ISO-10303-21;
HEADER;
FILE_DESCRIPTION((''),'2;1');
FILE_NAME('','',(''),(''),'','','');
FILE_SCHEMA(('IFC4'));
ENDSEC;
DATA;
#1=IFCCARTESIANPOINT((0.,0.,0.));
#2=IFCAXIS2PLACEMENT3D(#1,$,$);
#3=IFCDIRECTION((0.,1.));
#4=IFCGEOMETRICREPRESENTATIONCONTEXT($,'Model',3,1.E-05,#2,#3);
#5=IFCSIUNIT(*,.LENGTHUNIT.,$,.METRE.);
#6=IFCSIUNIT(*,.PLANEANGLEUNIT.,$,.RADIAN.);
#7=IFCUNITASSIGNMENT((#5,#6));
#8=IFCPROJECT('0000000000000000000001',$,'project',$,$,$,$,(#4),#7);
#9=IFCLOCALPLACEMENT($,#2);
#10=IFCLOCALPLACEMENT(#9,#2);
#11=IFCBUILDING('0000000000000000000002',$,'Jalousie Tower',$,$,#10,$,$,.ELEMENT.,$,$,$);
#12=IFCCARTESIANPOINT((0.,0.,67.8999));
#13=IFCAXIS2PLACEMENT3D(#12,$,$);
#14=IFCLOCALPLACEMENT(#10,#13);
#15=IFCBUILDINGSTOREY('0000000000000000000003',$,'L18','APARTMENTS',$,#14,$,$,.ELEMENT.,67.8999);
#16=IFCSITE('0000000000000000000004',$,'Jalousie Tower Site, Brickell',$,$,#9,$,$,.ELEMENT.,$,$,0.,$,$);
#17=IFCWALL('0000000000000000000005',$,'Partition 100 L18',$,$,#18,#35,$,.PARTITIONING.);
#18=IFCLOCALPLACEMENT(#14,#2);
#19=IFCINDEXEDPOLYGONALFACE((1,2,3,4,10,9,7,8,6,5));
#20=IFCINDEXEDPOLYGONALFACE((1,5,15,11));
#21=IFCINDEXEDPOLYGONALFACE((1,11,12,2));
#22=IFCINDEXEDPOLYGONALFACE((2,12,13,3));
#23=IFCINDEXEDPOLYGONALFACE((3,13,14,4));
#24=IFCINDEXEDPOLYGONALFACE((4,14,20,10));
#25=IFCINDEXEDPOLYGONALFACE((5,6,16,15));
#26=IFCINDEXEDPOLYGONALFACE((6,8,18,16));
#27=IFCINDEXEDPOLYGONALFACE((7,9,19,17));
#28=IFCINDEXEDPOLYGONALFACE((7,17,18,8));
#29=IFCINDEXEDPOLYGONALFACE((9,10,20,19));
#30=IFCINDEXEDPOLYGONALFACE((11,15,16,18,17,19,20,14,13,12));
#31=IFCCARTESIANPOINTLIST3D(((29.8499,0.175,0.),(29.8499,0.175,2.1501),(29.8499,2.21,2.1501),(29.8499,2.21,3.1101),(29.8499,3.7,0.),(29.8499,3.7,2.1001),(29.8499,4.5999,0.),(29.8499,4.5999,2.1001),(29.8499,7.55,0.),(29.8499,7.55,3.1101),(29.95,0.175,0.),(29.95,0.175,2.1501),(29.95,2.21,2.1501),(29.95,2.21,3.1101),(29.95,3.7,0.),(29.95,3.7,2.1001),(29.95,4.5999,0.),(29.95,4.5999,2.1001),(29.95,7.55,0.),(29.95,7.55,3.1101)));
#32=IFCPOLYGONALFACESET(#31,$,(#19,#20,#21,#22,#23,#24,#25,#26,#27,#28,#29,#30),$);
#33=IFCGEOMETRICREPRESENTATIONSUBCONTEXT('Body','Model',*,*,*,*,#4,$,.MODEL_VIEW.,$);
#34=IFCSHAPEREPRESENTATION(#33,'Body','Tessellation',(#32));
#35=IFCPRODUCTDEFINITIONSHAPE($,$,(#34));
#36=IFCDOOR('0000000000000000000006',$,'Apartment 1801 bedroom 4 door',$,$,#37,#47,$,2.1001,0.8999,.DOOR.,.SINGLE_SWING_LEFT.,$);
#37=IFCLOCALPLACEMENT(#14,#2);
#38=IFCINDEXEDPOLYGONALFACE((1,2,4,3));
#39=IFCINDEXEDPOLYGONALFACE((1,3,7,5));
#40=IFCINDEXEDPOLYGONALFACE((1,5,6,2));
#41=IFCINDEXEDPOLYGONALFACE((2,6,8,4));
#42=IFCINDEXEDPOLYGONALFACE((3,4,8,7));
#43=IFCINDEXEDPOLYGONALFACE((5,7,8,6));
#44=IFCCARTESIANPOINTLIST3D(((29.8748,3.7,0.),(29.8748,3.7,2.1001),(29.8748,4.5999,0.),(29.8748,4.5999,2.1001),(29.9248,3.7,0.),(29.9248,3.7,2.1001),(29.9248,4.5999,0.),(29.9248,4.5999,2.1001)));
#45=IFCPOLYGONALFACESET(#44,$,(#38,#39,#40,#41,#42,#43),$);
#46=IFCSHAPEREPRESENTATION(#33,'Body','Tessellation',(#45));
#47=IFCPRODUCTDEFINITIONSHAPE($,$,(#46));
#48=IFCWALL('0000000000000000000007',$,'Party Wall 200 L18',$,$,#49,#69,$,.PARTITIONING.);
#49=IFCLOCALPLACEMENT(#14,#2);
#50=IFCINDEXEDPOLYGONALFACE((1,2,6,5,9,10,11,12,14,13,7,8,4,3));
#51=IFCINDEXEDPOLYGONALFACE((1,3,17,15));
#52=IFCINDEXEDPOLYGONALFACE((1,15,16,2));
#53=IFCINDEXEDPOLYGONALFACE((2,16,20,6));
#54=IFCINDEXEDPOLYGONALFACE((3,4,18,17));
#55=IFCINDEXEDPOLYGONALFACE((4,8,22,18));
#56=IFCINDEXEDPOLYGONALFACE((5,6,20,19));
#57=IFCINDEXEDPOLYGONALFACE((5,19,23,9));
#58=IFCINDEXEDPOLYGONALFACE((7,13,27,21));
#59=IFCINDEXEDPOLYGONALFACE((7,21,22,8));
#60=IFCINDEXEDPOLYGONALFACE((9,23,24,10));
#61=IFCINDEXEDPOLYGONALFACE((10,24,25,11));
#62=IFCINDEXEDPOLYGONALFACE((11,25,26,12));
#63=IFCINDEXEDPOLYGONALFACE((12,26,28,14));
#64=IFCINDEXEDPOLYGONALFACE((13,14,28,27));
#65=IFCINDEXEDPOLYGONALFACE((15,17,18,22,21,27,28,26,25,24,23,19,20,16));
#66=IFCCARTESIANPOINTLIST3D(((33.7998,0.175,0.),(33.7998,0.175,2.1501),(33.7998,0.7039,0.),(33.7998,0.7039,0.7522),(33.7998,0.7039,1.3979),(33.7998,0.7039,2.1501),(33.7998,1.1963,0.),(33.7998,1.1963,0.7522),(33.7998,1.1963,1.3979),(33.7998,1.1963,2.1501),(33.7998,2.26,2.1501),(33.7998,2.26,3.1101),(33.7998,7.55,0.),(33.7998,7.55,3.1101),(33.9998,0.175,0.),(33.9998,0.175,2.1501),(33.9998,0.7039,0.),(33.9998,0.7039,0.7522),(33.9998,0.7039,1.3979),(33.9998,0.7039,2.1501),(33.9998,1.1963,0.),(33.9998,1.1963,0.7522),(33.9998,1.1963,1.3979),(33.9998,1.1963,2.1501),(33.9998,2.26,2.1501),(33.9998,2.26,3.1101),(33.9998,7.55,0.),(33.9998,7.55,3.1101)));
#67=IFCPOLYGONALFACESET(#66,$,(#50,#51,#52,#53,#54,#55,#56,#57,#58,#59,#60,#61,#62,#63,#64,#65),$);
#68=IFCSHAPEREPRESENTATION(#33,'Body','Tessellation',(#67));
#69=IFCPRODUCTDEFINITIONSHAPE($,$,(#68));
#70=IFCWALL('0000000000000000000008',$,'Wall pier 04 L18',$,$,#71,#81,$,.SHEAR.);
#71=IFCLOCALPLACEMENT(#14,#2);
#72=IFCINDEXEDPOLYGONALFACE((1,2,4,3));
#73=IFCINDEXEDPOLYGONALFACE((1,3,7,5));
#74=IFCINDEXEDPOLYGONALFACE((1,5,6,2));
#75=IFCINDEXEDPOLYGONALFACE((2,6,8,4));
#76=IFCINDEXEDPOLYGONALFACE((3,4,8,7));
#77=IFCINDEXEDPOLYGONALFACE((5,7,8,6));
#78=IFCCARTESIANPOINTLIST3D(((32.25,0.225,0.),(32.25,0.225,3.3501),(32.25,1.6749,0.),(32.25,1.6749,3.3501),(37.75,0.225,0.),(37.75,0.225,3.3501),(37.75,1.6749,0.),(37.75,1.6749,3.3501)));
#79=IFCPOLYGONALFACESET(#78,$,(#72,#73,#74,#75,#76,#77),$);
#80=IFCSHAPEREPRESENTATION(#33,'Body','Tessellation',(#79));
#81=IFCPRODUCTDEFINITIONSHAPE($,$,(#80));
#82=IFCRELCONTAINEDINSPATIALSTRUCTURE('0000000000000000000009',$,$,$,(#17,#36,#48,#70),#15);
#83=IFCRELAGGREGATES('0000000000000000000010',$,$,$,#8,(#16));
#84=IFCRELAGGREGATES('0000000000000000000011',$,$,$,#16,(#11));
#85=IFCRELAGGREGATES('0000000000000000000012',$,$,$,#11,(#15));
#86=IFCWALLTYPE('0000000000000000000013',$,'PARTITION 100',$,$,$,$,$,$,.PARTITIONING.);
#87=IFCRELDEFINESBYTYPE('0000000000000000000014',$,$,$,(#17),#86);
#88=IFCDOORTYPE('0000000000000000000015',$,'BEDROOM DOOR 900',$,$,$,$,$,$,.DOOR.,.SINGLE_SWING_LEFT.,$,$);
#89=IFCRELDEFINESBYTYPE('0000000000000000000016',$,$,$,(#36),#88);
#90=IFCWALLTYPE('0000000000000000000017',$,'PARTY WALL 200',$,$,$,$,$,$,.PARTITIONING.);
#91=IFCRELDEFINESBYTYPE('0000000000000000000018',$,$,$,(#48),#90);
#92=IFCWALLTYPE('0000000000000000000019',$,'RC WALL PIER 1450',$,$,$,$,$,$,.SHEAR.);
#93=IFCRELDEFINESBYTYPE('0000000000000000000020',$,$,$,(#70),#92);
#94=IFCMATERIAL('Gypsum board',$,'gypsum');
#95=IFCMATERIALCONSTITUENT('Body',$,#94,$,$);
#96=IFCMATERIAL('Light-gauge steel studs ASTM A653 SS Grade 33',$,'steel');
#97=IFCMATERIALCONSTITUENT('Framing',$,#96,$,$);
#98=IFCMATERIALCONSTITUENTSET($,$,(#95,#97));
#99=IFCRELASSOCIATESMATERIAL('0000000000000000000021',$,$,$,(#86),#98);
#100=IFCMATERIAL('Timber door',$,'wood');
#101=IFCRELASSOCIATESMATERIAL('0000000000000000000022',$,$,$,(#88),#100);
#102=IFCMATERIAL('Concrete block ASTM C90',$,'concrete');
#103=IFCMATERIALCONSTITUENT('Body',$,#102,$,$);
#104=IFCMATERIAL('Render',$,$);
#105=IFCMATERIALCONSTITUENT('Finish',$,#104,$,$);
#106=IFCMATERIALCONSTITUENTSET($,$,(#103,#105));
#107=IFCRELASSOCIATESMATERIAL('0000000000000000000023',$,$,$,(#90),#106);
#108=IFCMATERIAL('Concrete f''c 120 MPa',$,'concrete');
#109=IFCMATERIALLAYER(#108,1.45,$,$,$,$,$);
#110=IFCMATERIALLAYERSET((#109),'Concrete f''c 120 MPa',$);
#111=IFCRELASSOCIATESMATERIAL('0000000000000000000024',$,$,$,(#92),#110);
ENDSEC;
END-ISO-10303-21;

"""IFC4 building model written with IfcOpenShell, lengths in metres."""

from ifc_helpers import new_model, si_unit, direction, frame, frame_2d, origin, place, context, subcontext, project, spatial, polyline, rectangle, outline, extrude, material, layer, layer_set, constituent, constituent_set, type_object, element, fill, save


model = new_model("IFC4")

# Units and contexts
model_context = context("Model", 3, precision=1e-05, world=origin(), true_north=direction((0.0, 1.0)))
body_context = subcontext(model_context, "Body", "Model", "MODEL_VIEW")
ifc_project = project(units=[si_unit("LENGTHUNIT", "METRE"), si_unit("PLANEANGLEUNIT", "RADIAN")], contexts=[model_context])

# Site, building, storey
site_placement = place(None, origin())
site = spatial("IfcSite", under=ifc_project, at=site_placement, Name="Jalousie Tower Site, Brickell", CompositionType="ELEMENT", RefElevation=0.0)
building_placement = place(site_placement, origin())
building = spatial("IfcBuilding", under=site, at=building_placement, Name="Jalousie Tower", CompositionType="ELEMENT")
storey_placement = place(building_placement, frame((0.0, 0.0, 67.8999)))
storey = spatial("IfcBuildingStorey", under=building, at=storey_placement, Name="L18", Description="APARTMENTS", CompositionType="ELEMENT", Elevation=67.8999)

# Wall, opening, door
ifc_material_1 = material(Name="Gypsum board", Category="gypsum")
ifc_constituent_1 = constituent(ifc_material_1, Name="Body")
ifc_material_2 = material(Name="Light-gauge steel studs ASTM A653 SS Grade 33", Category="steel")
ifc_constituent_2 = constituent(ifc_material_2, Name="Framing")
ifc_constituent_set_1 = constituent_set(constituents=[ifc_constituent_1, ifc_constituent_2])
wall_type_1 = type_object("IfcWallType", Name="PARTITION 100", PredefinedType="PARTITIONING", material=ifc_constituent_set_1)
ifc_material_3 = material(Name="Timber door", Category="wood")
door_type = type_object("IfcDoorType", Name="BEDROOM DOOR 900", OperationType="SINGLE_SWING_LEFT", PredefinedType="DOOR", material=ifc_material_3)
wall_1_placement = place(storey_placement, frame((29.8999, 0.175, 0.0), z_axis=(0.0, 0.0, 1.0), x_axis=(0.0, 1.0, 0.0)))
wall_1 = element("IfcWall", 1, at=wall_1_placement, inside=storey, type_object=wall_type_1, Name="Partition 100 L18", PredefinedType="PARTITIONING", context=body_context, shape_type="SweptSolid", body=[
    extrude(outline(polyline([(0.0, 0.0), (7.375, 0.0), (7.375, 3.1101), (2.0349, 3.1101), (2.0349, 2.1501), (0.0, 2.1501), (0.0, 3.1101), (0.0, 0.0)])), frame((0.0, 0.05, 0.0), z_axis=(0.0, -1.0, 0.0), x_axis=(1.0, 0.0, 0.0)), (0.0, 0.0, 1.0), 0.1001),
])
opening_1_placement = place(wall_1_placement, frame((3.5249, 0.0, 0.0)))
opening_1 = element("IfcOpeningElement", 2, at=opening_1_placement, cuts=wall_1, PredefinedType="OPENING", context=body_context, shape_type="SweptSolid", body=[
    extrude(rectangle(XDim=0.8999, YDim=2.1001, at=frame_2d((0.45, 1.05))), frame((0.0, 0.0601, 0.0), z_axis=(0.0, -1.0, 0.0), x_axis=(1.0, 0.0, 0.0)), (0.0, 0.0, 1.0), 0.1201),
])
door_1_placement = place(opening_1_placement, frame((0.8999, 0.0, 0.0), z_axis=(0.0, 0.0, 1.0), x_axis=(-1.0, 0.0, 0.0)))
door_1 = element("IfcDoor", 3, at=door_1_placement, inside=storey, type_object=door_type, Name="Apartment 1801 bedroom 4 door", OperationType="SINGLE_SWING_LEFT", OverallHeight=2.1001, OverallWidth=0.8999, PredefinedType="DOOR", context=body_context, shape_type="SweptSolid", body=[
    extrude(rectangle(XDim=0.8999, YDim=2.1001, at=frame_2d((0.45, 1.05))), frame((0.0, 0.0249, 0.0), z_axis=(0.0, -1.0, 0.0), x_axis=(1.0, 0.0, 0.0)), (0.0, 0.0, 1.0), 0.05),
])
fill(opening_1, door_1)

# Walls
ifc_material_4 = material(Name="Concrete block ASTM C90", Category="concrete")
ifc_constituent_3 = constituent(ifc_material_4, Name="Body")
ifc_material_5 = material(Name="Render")
ifc_constituent_4 = constituent(ifc_material_5, Name="Finish")
ifc_constituent_set_2 = constituent_set(constituents=[ifc_constituent_3, ifc_constituent_4])
wall_type_2 = type_object("IfcWallType", Name="PARTY WALL 200", PredefinedType="PARTITIONING", material=ifc_constituent_set_2)
wall_2_placement = place(storey_placement, frame((33.8999, 0.175, 0.0), z_axis=(0.0, 0.0, 1.0), x_axis=(0.0, 1.0, 0.0)))
element("IfcWall", 4, at=wall_2_placement, inside=storey, type_object=wall_type_2, Name="Party Wall 200 L18", PredefinedType="PARTITIONING", context=body_context, shape_type="SweptSolid", body=[
    extrude(outline(polyline([(0.5288, 2.1501), (0.0, 2.1501), (0.0, 0.0), (0.5288, 0.0), (0.5288, 0.7522), (1.0212, 0.7522), (1.0212, 0.0), (7.375, 0.0), (7.375, 3.1101), (2.085, 3.1101), (2.085, 2.1501), (1.0212, 2.1501), (1.0212, 1.3979), (0.5288, 1.3979), (0.5288, 2.1501)])), frame((0.0, 0.1001, 0.0), z_axis=(0.0, -1.0, 0.0), x_axis=(1.0, 0.0, 0.0)), (0.0, 0.0, 1.0), 0.2),
])
ifc_material_6 = material(Name="Concrete f'c 120 MPa", Category="concrete")
ifc_layer_1 = layer(ifc_material_6, 1.45)
ifc_layer_set_1 = layer_set([ifc_layer_1], Name="Concrete f'c 120 MPa")
wall_type_3 = type_object("IfcWallType", Name="RC WALL PIER 1450", PredefinedType="SHEAR", material=ifc_layer_set_1)
wall_3_placement = place(storey_placement, frame((32.25, 0.95, 0.0), z_axis=(0.0, 0.0, 1.0), x_axis=(1.0, 0.0, 0.0)))
element("IfcWall", 5, at=wall_3_placement, inside=storey, type_object=wall_type_3, Name="Wall pier 04 L18", PredefinedType="SHEAR", context=body_context, shape_type="SweptSolid", body=[
    extrude(rectangle(XDim=5.5, YDim=1.45, at=frame_2d((2.75, 0.0))), origin(), (0.0, 0.0, 1.0), 3.3501),
])

save(model, "model.ifc")
